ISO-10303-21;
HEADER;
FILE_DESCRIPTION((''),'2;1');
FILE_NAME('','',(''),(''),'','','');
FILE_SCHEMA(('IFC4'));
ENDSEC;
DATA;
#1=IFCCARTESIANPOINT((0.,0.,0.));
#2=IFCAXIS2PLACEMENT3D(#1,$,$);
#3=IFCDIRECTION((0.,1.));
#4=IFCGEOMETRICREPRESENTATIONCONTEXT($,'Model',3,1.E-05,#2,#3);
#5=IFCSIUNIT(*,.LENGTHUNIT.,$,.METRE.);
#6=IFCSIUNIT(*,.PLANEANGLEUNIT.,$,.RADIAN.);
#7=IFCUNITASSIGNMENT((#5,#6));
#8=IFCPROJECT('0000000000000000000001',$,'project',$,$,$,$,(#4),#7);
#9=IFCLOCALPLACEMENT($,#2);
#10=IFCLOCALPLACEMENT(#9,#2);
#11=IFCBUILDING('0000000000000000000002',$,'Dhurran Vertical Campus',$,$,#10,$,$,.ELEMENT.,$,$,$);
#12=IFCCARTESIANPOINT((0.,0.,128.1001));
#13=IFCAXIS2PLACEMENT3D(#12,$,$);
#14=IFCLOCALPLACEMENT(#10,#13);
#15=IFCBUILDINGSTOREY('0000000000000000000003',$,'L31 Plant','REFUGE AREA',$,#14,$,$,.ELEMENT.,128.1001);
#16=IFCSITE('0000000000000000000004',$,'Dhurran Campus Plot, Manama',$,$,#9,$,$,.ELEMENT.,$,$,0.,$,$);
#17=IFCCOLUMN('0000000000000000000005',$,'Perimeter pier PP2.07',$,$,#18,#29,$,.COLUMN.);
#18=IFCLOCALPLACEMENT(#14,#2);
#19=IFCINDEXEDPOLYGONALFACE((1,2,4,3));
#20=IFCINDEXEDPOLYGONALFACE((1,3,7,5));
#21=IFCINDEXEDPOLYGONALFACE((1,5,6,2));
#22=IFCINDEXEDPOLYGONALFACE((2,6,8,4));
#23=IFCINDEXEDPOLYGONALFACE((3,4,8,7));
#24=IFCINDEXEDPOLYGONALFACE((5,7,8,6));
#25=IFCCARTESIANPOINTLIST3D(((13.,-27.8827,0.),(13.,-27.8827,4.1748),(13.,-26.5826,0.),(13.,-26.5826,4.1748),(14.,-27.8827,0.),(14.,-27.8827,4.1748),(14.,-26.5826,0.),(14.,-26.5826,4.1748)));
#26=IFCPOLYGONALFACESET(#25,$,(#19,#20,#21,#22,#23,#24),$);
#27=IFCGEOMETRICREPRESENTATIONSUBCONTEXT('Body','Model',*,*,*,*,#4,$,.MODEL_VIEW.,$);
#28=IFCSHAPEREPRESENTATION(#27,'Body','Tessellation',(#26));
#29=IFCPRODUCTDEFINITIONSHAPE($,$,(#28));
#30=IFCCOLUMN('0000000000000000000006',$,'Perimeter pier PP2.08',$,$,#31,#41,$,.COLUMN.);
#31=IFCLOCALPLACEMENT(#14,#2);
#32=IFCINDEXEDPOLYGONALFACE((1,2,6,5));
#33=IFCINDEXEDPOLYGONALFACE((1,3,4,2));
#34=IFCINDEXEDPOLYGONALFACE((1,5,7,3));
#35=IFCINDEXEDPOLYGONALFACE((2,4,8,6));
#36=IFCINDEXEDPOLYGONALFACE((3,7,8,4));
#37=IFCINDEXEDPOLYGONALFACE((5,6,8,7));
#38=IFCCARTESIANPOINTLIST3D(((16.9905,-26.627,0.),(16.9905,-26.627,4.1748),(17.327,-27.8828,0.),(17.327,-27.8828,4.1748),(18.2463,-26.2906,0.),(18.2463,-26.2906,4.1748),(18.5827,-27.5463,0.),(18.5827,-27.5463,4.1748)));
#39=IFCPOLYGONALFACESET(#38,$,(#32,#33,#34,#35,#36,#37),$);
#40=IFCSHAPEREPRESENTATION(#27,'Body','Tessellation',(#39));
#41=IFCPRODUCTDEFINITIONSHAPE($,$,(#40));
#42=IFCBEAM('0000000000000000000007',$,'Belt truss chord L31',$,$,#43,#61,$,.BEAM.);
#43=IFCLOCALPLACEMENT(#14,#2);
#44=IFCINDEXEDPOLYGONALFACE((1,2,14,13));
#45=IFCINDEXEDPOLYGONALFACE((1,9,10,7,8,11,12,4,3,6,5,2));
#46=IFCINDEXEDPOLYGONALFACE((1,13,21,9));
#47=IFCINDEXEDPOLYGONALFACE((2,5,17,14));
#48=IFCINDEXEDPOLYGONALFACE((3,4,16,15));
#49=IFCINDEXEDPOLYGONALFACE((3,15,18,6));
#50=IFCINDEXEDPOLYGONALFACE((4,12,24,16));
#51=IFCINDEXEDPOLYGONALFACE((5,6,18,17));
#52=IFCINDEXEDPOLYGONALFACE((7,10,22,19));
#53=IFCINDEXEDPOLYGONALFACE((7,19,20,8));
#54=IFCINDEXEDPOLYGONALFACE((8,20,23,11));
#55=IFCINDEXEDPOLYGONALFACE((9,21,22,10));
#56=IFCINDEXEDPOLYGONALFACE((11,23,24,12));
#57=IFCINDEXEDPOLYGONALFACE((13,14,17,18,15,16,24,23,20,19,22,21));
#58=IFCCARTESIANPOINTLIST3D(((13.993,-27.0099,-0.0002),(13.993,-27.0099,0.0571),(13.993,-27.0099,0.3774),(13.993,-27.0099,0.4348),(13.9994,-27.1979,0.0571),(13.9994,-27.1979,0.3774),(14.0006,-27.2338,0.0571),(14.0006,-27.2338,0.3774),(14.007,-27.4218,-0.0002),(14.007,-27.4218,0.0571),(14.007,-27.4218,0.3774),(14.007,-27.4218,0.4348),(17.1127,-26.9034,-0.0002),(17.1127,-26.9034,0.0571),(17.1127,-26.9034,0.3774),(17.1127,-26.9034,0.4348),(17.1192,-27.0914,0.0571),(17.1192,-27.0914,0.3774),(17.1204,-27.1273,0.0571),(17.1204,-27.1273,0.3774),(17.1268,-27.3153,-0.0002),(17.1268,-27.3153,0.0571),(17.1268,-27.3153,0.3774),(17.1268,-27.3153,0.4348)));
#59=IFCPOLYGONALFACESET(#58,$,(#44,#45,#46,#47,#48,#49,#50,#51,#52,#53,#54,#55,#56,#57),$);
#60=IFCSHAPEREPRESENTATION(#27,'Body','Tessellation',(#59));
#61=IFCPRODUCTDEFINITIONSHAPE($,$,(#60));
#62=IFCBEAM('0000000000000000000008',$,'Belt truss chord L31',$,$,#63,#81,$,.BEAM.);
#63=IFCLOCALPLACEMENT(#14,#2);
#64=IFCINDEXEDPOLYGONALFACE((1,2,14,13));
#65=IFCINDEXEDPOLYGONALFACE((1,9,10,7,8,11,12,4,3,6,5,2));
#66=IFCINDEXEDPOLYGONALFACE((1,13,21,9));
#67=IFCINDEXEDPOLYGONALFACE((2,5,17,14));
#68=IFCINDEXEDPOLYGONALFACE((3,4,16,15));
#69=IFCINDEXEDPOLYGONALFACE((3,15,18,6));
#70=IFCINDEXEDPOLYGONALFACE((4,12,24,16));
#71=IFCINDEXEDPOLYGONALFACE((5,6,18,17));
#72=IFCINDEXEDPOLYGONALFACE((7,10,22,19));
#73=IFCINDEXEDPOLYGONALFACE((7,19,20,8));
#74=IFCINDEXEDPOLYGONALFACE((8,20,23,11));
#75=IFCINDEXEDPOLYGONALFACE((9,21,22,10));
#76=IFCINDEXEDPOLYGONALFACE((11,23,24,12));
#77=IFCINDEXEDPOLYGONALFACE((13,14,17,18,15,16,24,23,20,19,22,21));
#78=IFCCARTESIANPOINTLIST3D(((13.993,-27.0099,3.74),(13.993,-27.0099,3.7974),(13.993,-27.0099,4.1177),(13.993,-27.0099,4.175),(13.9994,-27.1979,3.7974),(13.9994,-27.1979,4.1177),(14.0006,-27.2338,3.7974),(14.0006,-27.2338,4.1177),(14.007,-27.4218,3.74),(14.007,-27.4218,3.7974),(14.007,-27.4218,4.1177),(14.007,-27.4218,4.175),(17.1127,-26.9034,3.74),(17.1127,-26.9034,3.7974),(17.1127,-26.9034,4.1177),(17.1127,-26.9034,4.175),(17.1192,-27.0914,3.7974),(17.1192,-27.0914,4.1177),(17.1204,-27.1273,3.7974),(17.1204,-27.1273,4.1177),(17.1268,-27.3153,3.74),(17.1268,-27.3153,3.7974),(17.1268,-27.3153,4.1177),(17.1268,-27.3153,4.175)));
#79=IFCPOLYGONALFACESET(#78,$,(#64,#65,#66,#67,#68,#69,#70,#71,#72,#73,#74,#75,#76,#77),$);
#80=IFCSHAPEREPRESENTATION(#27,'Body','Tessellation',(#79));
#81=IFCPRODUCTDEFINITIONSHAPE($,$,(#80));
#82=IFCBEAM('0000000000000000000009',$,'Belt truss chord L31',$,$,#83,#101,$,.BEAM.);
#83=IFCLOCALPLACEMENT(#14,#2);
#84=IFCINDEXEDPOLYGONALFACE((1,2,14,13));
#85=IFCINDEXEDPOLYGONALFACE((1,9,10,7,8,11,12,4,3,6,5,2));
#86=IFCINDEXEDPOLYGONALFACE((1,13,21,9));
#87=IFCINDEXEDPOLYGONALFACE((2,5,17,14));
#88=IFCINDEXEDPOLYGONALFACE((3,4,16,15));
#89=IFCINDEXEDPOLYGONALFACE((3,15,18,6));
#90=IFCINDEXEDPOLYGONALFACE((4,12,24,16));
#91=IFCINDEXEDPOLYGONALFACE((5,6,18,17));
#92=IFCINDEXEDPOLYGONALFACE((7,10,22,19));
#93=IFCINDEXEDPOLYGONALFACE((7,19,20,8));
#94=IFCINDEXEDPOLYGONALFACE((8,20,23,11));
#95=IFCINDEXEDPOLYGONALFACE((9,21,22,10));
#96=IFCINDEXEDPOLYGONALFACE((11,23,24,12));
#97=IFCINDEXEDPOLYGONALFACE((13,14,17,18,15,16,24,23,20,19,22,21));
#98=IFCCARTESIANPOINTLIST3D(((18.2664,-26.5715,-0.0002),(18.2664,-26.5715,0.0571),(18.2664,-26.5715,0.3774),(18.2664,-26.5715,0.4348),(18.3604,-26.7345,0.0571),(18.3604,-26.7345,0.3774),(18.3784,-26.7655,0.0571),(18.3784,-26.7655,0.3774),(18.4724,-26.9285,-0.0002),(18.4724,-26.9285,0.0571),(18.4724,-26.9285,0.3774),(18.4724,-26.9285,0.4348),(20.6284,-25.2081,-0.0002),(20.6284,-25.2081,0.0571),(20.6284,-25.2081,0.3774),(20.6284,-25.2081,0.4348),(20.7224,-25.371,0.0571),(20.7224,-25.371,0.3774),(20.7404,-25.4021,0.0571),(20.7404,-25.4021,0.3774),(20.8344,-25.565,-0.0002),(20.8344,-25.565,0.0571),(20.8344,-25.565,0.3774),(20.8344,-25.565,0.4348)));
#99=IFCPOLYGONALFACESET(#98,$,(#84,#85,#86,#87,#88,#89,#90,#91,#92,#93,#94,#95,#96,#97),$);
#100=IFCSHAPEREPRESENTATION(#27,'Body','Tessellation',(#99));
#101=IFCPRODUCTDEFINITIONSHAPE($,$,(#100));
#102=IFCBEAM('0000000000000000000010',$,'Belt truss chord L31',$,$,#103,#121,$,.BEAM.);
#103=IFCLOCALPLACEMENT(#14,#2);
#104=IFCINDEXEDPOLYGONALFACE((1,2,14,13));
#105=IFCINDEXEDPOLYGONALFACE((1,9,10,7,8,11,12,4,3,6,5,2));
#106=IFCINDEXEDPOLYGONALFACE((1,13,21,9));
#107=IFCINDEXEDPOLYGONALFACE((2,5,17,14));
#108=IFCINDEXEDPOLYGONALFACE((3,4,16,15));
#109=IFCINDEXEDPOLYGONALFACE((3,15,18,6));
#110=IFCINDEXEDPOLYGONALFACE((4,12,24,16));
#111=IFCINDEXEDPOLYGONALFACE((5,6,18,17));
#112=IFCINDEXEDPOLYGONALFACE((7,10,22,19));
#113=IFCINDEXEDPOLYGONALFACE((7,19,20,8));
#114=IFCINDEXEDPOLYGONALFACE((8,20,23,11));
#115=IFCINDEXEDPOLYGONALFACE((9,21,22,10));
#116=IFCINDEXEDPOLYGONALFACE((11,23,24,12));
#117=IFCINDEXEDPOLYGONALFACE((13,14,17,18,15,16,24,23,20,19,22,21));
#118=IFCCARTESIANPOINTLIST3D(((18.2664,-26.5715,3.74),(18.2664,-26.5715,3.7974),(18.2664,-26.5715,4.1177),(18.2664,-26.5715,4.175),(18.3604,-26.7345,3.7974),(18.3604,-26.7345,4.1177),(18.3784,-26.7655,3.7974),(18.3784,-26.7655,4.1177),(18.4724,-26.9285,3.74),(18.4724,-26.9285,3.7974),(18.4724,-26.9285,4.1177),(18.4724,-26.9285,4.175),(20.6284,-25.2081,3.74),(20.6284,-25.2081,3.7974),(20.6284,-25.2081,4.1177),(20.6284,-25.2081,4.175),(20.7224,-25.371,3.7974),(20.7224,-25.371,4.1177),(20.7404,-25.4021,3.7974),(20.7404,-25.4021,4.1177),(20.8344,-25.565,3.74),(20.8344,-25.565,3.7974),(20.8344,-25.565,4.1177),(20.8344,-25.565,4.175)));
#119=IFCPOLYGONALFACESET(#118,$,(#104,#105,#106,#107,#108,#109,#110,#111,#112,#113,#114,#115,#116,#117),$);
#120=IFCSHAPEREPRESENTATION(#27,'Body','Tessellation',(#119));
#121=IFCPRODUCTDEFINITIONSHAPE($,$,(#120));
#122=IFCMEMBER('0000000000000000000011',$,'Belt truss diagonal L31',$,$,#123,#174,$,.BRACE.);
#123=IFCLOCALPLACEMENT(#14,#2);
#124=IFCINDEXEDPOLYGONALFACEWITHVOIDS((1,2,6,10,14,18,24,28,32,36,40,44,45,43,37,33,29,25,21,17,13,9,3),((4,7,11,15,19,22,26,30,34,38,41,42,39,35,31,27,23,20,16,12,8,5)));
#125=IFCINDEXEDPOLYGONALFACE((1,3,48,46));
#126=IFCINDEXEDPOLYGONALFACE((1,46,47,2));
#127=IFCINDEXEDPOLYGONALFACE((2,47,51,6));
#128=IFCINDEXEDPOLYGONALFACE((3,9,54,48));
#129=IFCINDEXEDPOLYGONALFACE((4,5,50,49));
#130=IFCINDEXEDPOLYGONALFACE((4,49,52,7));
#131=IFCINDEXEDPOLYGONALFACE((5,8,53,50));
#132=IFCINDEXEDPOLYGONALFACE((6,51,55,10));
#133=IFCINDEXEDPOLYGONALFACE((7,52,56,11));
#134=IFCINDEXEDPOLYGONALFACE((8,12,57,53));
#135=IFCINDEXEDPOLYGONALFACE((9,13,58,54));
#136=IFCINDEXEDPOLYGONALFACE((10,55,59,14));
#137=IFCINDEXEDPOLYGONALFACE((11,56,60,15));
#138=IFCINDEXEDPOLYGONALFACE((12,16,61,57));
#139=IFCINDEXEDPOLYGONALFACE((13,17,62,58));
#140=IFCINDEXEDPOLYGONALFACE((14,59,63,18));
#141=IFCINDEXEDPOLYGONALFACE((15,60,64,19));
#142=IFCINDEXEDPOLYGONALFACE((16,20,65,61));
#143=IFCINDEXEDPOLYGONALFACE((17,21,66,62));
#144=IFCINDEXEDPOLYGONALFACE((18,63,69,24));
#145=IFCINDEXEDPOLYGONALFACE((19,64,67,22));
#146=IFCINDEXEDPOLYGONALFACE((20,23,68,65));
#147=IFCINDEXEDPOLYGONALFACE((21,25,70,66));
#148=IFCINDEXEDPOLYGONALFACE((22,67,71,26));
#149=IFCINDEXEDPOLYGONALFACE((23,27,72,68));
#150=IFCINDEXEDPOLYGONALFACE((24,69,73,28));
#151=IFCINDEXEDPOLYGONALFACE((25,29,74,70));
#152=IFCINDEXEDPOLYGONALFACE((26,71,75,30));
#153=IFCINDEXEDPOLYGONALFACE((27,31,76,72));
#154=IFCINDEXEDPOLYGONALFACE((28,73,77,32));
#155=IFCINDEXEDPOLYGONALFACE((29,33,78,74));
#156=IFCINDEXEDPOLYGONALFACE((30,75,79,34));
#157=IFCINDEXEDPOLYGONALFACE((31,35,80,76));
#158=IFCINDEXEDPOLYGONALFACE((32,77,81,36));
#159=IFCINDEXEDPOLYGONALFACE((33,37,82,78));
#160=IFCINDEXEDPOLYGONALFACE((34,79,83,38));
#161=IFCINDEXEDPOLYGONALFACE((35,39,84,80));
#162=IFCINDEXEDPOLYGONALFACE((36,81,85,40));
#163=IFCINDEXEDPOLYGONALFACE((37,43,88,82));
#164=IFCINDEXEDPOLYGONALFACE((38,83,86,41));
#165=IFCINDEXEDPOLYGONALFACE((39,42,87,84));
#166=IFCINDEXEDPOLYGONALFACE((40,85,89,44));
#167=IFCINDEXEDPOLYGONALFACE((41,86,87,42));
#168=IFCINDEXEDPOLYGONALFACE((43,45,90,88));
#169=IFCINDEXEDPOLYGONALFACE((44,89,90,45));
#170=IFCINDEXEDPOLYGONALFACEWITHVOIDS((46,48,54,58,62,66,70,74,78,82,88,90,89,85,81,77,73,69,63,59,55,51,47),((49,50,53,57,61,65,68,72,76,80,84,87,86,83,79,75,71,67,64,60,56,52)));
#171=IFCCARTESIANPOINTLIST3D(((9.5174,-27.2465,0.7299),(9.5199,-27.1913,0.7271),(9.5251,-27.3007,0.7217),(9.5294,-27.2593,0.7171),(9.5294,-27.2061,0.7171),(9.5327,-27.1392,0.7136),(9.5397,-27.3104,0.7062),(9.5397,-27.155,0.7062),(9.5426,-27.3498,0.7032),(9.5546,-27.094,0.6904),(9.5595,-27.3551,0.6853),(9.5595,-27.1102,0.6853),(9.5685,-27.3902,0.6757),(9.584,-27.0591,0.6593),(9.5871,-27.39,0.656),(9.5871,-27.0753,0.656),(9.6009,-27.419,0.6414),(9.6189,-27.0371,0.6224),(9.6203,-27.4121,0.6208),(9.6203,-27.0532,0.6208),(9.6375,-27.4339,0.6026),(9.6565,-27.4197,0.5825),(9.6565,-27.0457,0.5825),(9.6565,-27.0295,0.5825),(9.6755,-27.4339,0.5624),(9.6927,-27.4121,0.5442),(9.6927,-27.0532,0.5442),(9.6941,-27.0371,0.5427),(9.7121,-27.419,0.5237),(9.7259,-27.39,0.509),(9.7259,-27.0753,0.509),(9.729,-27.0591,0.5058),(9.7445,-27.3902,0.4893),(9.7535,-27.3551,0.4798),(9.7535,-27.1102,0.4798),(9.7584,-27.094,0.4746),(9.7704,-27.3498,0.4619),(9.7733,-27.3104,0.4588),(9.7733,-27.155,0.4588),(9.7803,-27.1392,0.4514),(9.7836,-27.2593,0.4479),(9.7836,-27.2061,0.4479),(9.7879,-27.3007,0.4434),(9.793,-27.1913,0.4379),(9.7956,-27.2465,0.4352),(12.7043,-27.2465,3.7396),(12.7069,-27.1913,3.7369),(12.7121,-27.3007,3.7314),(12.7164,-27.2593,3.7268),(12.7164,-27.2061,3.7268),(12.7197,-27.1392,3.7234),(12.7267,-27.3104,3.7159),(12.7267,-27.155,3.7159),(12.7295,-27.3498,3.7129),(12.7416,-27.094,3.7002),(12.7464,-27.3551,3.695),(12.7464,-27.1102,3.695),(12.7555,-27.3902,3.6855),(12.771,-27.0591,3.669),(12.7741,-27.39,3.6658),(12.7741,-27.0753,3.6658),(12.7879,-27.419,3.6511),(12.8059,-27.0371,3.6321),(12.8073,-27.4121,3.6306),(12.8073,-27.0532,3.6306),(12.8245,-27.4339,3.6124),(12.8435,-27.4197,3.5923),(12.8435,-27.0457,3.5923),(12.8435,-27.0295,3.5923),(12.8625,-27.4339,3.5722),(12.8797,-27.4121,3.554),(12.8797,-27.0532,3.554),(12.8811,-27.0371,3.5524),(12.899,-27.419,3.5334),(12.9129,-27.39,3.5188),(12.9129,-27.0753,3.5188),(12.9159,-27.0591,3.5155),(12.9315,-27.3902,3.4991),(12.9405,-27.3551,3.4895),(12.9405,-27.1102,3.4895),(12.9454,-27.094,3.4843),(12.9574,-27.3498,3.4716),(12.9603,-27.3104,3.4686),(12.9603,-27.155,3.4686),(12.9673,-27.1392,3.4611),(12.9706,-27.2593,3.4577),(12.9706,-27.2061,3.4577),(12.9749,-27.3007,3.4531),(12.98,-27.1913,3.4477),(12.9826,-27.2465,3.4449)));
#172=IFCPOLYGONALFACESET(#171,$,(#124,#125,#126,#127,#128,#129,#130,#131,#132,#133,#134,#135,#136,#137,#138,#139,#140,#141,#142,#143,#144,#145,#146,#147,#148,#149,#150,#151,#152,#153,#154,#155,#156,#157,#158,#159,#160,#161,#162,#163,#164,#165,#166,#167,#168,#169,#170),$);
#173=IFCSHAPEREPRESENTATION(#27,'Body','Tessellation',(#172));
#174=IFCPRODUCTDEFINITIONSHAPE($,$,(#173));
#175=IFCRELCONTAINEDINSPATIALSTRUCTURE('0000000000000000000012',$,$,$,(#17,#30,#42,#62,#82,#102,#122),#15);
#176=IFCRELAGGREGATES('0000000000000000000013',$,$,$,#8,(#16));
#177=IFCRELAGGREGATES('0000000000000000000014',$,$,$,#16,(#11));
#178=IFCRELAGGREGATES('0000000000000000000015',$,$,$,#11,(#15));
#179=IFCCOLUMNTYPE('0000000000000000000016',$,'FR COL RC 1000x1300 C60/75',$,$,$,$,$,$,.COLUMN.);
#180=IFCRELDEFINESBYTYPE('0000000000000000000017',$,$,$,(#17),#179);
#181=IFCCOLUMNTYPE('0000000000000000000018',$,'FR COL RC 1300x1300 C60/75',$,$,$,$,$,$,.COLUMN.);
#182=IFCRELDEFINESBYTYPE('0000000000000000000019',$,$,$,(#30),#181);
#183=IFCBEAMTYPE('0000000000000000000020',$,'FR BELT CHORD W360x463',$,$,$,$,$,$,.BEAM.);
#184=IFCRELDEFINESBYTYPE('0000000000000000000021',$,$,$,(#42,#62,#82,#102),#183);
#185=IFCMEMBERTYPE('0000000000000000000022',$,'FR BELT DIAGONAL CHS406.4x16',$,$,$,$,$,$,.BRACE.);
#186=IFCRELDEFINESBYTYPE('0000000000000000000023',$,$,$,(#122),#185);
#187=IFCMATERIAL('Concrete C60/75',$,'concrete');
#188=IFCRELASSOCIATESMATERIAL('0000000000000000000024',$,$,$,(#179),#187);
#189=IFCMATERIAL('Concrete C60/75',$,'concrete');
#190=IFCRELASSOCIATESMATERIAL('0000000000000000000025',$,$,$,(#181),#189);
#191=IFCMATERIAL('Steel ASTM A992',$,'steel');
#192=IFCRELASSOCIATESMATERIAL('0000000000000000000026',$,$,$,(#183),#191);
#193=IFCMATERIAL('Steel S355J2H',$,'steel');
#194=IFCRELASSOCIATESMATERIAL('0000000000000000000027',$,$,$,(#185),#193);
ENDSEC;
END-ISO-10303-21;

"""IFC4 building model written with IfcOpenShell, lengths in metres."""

from ifc_helpers import new_model, si_unit, direction, frame, origin, origin_2d, place, context, subcontext, project, spatial, rectangle, hollow_circle, i_section, extrude, material, material_profile, profile_set, type_object, element, save


model = new_model("IFC4")

# Units and contexts
model_context = context("Model", 3, precision=1e-05, world=origin(), true_north=direction((0.0, 1.0)))
body_context = subcontext(model_context, "Body", "Model", "MODEL_VIEW")
ifc_project = project(units=[si_unit("LENGTHUNIT", "METRE"), si_unit("PLANEANGLEUNIT", "RADIAN")], contexts=[model_context])

# Site, building, storey
site_placement = place(None, origin())
site = spatial("IfcSite", under=ifc_project, at=site_placement, Name="Dhurran Campus Plot, Manama", CompositionType="ELEMENT", RefElevation=0.0)
building_placement = place(site_placement, origin())
building = spatial("IfcBuilding", under=site, at=building_placement, Name="Dhurran Vertical Campus", CompositionType="ELEMENT")
storey_placement = place(building_placement, frame((0.0, 0.0, 128.1001)))
storey = spatial("IfcBuildingStorey", under=building, at=storey_placement, Name="L31 Plant", Description="REFUGE AREA", CompositionType="ELEMENT", Elevation=128.1001)

# Columns
ifc_material_1 = material(Name="Concrete C60/75", Category="concrete")
ifc_material_profile_1 = material_profile(ifc_material_1, rectangle(XDim=1.0, YDim=1.3, at=origin_2d()), Name="RC 1000x1300")
ifc_profile_set_1 = profile_set([ifc_material_profile_1], Name="Concrete C60/75")
column_type_1 = type_object("IfcColumnType", Name="FR COL RC 1000x1300 C60/75", PredefinedType="COLUMN", material=ifc_profile_set_1)
column_1_placement = place(storey_placement, frame((13.5, -27.2327, 0.0), z_axis=(0.0, 0.0, 1.0), x_axis=(1.0, 0.0, 0.0)))
element("IfcColumn", 1, at=column_1_placement, inside=storey, type_object=column_type_1, Name="Perimeter pier PP2.07", PredefinedType="COLUMN", context=body_context, shape_type="SweptSolid", body=[
    extrude(rectangle(XDim=1.0, YDim=1.3, at=origin_2d()), origin(), (0.0, 0.0, 1.0), 4.1748),
])
ifc_material_2 = material(Name="Concrete C60/75", Category="concrete")
ifc_material_profile_2 = material_profile(ifc_material_2, rectangle(XDim=1.3, YDim=1.3, at=origin_2d()), Name="RC 1300x1300")
ifc_profile_set_2 = profile_set([ifc_material_profile_2], Name="Concrete C60/75")
column_type_2 = type_object("IfcColumnType", Name="FR COL RC 1300x1300 C60/75", PredefinedType="COLUMN", material=ifc_profile_set_2)
column_2_placement = place(storey_placement, frame((17.7866, -27.0867, 0.0), z_axis=(0.0, 0.0, 1.0), x_axis=(0.965926, 0.258819, 0.0)))
element("IfcColumn", 2, at=column_2_placement, inside=storey, type_object=column_type_2, Name="Perimeter pier PP2.08", PredefinedType="COLUMN", context=body_context, shape_type="SweptSolid", body=[
    extrude(rectangle(XDim=1.3, YDim=1.3, at=origin_2d()), origin(), (0.0, 0.0, 1.0), 4.1748),
])

# Beams
ifc_material_3 = material(Name="Steel ASTM A992", Category="steel")
ifc_material_profile_3 = material_profile(ifc_material_3, i_section(OverallWidth=0.4121, OverallDepth=0.4351, WebThickness=0.0359, FlangeThickness=0.0574, at=origin_2d()), Name="W360x463")
ifc_profile_set_3 = profile_set([ifc_material_profile_3], Name="Steel ASTM A992")
beam_type = type_object("IfcBeamType", Name="FR BELT CHORD W360x463", PredefinedType="BEAM", material=ifc_profile_set_3)
for number, where, z_axis, x_axis, name in (
    (3, (14.0, -27.2158, 0.2173), (0.999418, 0.034099, 0.0), (-0.034099, 0.999418, 0.0), "Belt truss chord L31"),
    (4, (14.0, -27.2158, 3.9575), (0.999418, 0.034099, 0.0), (-0.034099, 0.999418, 0.0), "Belt truss chord L31"),
):
    element("IfcBeam", number, at=place(storey_placement, frame(where, z_axis=z_axis, x_axis=x_axis)), inside=storey, type_object=beam_type, Name=name, PredefinedType="BEAM", context=body_context, shape_type="SweptSolid", body=[
        extrude(i_section(OverallWidth=0.4121, OverallDepth=0.4351, WebThickness=0.0359, FlangeThickness=0.0574, at=origin_2d()), origin(), (0.0, 0.0, 1.0), 3.1216),
    ])
for number, where, z_axis, x_axis, name in (
    (5, (18.3694, -26.75, 0.2173), (0.866059, 0.499942, 0.0), (-0.499942, 0.866059, 0.0), "Belt truss chord L31"),
    (6, (18.3694, -26.75, 3.9575), (0.866059, 0.499942, 0.0), (-0.499942, 0.866059, 0.0), "Belt truss chord L31"),
):
    element("IfcBeam", number, at=place(storey_placement, frame(where, z_axis=z_axis, x_axis=x_axis)), inside=storey, type_object=beam_type, Name=name, PredefinedType="BEAM", context=body_context, shape_type="SweptSolid", body=[
        extrude(i_section(OverallWidth=0.4121, OverallDepth=0.4351, WebThickness=0.0359, FlangeThickness=0.0574, at=origin_2d()), origin(), (0.0, 0.0, 1.0), 2.7273),
    ])

# Member
ifc_material_4 = material(Name="Steel S355J2H", Category="steel")
ifc_material_profile_4 = material_profile(ifc_material_4, hollow_circle(Radius=0.2031, WallThickness=0.0161, at=origin_2d()), Name="CHS406.4x16")
ifc_profile_set_4 = profile_set([ifc_material_profile_4], Name="Steel S355J2H")
member_type = type_object("IfcMemberType", Name="FR BELT DIAGONAL CHS406.4x16", PredefinedType="BRACE", material=ifc_profile_set_4)
member_1_placement = place(storey_placement, frame((9.6565, -27.2327, 0.5825), z_axis=(0.727035, 0.0, 0.686601), x_axis=(0.0, 1.0, 0.0)))
element("IfcMember", 7, at=member_1_placement, inside=storey, type_object=member_type, Name="Belt truss diagonal L31", PredefinedType="BRACE", context=body_context, shape_type="SweptSolid", body=[
    extrude(hollow_circle(Radius=0.2031, WallThickness=0.0161, at=origin_2d()), origin(), (0.0, 0.0, 1.0), 4.3835),
])

save(model, "model.ifc")
